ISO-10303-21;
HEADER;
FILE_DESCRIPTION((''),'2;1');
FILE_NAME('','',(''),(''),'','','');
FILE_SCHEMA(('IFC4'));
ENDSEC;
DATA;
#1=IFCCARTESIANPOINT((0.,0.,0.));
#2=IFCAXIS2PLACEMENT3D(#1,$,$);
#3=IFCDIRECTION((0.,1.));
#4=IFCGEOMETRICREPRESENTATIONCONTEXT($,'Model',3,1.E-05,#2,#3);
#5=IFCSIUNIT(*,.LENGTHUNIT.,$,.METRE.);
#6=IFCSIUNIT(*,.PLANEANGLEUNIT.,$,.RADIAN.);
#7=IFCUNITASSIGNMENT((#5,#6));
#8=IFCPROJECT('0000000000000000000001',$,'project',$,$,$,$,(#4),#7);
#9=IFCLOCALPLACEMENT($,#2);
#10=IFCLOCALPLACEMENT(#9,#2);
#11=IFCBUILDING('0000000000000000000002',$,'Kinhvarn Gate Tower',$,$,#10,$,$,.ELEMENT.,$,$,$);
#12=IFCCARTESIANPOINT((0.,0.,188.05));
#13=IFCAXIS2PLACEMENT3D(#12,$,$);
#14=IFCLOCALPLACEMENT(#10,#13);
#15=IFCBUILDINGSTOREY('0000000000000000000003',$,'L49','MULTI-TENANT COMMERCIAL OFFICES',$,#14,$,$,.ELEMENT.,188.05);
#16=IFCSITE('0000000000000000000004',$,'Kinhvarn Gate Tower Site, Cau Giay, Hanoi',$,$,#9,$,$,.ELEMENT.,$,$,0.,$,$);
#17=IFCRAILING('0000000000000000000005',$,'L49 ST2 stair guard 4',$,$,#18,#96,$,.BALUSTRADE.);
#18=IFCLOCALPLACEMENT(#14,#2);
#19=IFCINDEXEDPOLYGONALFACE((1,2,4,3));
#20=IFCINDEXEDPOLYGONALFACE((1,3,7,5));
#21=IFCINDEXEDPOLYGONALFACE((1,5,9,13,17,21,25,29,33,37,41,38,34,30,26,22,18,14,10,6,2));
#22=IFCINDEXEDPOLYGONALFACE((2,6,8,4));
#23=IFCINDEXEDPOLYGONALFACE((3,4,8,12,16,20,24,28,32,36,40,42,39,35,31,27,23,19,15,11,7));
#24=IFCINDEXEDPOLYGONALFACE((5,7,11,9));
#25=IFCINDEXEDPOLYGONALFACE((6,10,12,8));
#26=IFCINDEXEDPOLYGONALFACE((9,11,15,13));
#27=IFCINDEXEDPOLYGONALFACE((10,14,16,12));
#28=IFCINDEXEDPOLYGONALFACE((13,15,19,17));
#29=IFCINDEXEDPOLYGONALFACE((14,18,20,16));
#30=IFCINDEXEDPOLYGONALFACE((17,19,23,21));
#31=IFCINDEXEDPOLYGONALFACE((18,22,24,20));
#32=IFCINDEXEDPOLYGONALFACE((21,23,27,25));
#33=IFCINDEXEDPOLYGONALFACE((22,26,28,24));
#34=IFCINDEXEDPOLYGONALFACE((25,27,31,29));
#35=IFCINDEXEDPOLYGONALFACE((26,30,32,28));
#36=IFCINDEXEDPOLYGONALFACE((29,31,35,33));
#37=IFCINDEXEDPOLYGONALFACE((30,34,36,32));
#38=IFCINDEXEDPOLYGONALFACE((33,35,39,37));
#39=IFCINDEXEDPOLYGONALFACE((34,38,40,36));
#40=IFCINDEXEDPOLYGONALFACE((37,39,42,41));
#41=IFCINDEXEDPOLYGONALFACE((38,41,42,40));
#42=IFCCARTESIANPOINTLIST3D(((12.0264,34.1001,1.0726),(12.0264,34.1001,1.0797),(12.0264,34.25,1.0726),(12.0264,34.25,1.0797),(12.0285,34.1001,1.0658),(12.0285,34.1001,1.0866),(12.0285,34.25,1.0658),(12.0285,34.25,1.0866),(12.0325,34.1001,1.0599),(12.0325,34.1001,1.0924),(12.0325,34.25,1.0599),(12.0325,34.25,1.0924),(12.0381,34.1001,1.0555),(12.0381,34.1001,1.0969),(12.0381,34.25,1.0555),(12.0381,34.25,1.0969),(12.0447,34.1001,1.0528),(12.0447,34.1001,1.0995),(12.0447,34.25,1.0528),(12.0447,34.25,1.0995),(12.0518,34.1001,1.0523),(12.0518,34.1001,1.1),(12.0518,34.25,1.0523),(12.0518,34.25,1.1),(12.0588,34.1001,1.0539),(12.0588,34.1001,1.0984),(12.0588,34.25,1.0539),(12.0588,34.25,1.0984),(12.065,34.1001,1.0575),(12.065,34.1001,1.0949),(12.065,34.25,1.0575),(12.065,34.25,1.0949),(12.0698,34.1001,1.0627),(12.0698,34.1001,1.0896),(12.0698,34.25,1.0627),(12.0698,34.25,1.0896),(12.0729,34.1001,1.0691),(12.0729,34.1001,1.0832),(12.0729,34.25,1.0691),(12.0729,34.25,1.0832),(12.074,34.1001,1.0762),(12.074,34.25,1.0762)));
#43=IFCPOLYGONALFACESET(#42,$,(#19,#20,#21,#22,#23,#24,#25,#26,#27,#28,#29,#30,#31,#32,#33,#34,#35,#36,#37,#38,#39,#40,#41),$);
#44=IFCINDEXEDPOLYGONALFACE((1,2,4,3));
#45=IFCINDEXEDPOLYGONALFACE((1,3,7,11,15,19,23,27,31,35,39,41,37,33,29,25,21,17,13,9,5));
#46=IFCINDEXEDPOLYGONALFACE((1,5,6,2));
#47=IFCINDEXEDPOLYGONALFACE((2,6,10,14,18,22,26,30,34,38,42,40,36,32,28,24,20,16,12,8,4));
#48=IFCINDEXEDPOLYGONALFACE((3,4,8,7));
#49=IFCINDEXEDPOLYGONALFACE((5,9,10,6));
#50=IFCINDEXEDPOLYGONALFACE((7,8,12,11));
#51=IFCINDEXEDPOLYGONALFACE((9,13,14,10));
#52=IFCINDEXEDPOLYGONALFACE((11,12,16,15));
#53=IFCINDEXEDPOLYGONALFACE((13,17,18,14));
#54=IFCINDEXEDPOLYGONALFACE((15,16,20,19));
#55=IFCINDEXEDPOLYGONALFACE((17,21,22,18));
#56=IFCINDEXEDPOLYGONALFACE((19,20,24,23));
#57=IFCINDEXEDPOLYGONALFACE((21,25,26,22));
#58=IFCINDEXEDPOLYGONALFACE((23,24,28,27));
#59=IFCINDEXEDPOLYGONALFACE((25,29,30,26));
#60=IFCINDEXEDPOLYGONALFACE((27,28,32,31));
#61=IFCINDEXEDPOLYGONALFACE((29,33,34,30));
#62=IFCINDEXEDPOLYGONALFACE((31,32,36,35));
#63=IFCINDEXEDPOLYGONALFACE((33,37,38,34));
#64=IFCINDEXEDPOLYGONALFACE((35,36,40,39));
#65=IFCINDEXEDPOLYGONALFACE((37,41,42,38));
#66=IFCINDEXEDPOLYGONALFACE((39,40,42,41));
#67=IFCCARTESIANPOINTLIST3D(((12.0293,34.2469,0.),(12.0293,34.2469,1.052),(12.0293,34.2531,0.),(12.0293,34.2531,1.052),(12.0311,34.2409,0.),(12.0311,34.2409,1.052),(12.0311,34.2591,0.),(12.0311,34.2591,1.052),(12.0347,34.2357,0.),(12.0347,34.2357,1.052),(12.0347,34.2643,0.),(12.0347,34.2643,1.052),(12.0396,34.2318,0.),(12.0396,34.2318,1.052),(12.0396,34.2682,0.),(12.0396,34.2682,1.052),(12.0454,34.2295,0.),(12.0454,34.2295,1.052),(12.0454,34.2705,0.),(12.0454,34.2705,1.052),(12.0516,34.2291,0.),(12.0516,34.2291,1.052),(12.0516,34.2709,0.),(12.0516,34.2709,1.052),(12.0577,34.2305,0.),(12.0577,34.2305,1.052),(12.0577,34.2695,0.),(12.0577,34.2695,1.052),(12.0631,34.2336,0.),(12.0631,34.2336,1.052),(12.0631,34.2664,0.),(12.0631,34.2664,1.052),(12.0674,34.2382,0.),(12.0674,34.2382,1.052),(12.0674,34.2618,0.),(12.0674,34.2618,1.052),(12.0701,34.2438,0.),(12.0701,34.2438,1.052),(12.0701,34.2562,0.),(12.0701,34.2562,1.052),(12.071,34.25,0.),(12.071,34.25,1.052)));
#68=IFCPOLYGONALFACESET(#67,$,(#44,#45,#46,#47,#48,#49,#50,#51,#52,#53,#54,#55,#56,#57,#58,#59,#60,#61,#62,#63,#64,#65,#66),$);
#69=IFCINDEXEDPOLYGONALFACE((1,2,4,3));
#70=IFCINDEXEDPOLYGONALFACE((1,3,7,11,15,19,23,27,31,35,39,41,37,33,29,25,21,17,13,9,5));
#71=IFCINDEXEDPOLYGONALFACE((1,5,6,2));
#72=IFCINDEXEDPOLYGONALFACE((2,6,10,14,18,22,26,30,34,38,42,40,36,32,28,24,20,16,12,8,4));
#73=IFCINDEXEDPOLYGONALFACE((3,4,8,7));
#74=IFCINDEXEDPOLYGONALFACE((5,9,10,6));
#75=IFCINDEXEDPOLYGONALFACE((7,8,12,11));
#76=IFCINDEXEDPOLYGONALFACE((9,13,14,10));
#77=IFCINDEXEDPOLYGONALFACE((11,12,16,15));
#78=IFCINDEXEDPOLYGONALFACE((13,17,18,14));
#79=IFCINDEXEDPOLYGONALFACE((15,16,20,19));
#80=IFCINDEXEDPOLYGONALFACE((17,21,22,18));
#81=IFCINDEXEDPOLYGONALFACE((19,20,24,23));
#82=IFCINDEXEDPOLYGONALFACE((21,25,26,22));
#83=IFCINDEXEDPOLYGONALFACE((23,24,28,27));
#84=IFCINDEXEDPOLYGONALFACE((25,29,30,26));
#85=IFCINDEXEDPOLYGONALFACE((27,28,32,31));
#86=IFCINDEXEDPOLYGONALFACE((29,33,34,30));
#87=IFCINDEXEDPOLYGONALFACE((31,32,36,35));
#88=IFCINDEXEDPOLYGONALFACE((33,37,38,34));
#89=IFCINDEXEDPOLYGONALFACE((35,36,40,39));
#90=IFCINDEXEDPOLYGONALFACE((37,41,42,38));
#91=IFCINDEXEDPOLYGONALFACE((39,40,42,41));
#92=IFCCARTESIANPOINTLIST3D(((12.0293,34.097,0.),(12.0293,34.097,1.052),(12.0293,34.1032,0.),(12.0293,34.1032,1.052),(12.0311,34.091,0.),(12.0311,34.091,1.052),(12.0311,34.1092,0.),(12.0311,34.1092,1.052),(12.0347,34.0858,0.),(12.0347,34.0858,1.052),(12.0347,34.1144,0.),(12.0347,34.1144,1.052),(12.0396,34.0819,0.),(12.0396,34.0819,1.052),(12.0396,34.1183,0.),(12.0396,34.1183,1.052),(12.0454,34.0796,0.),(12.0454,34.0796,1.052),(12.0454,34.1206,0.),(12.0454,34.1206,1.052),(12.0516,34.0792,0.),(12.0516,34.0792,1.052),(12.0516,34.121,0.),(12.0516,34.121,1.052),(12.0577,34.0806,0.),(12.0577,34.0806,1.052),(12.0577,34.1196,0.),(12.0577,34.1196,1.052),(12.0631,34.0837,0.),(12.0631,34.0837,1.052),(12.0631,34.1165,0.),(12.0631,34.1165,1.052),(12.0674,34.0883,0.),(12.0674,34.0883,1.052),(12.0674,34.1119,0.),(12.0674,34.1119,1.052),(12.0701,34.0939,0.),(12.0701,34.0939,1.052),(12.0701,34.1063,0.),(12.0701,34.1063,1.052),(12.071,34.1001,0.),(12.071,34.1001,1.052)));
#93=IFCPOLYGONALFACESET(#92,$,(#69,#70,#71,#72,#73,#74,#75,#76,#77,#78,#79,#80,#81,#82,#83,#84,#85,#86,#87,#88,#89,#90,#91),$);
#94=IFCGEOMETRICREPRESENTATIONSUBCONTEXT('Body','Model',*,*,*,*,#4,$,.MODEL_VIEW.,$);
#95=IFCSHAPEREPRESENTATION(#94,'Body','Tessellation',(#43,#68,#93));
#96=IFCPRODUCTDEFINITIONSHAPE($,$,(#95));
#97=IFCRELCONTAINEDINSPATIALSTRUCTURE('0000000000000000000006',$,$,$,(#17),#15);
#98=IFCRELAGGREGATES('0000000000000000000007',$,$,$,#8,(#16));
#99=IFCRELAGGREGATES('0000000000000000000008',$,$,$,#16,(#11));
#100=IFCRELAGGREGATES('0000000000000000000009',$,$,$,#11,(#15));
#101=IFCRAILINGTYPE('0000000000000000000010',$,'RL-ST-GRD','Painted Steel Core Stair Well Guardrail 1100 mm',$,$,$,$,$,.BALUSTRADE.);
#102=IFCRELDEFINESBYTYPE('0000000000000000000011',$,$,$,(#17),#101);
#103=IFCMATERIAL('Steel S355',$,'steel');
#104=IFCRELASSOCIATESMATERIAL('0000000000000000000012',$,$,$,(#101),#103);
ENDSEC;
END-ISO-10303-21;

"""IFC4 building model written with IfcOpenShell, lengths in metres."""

from ifc_helpers import new_model, si_unit, direction, frame, origin, origin_2d, place, context, subcontext, project, spatial, circle, extrude, material, type_object, element, save


model = new_model("IFC4")

# Units and contexts
model_context = context("Model", 3, precision=1e-05, world=origin(), true_north=direction((0.0, 1.0)))
body_context = subcontext(model_context, "Body", "Model", "MODEL_VIEW")
ifc_project = project(units=[si_unit("LENGTHUNIT", "METRE"), si_unit("PLANEANGLEUNIT", "RADIAN")], contexts=[model_context])

# Site, building, storey
site_placement = place(None, origin())
site = spatial("IfcSite", under=ifc_project, at=site_placement, Name="Kinhvarn Gate Tower Site, Cau Giay, Hanoi", CompositionType="ELEMENT", RefElevation=0.0)
building_placement = place(site_placement, origin())
building = spatial("IfcBuilding", under=site, at=building_placement, Name="Kinhvarn Gate Tower", CompositionType="ELEMENT")
storey_placement = place(building_placement, frame((0.0, 0.0, 188.05)))
storey = spatial("IfcBuildingStorey", under=building, at=storey_placement, Name="L49", Description="MULTI-TENANT COMMERCIAL OFFICES", CompositionType="ELEMENT", Elevation=188.05)

# Railing
ifc_material_1 = material(Name="Steel S355", Category="steel")
railing_type_1 = type_object("IfcRailingType", Name="RL-ST-GRD", Description="Painted Steel Core Stair Well Guardrail 1100 mm", PredefinedType="BALUSTRADE", material=ifc_material_1)
railing_1_placement = place(storey_placement, frame((12.05, 34.25, 0.0)))
element("IfcRailing", 1, at=railing_1_placement, inside=storey, type_object=railing_type_1, Name="L49 ST2 stair guard 4", PredefinedType="BALUSTRADE", context=body_context, shape_type="SweptSolid", body=[
    extrude(circle(Radius=0.0239, at=origin_2d()), frame((0.0, 0.0, 1.0762), z_axis=(0.0, -1.0, 0.0), x_axis=(1.0, 0.0, 0.0)), (0.0, 0.0, 1.0), 0.1499),
    extrude(circle(Radius=0.021, at=origin_2d()), origin(), (0.0, 0.0, 1.0), 1.052),
    extrude(circle(Radius=0.021, at=origin_2d()), frame((0.0, -0.1499, 0.0)), (0.0, 0.0, 1.0), 1.052),
])

save(model, "model.ifc")
